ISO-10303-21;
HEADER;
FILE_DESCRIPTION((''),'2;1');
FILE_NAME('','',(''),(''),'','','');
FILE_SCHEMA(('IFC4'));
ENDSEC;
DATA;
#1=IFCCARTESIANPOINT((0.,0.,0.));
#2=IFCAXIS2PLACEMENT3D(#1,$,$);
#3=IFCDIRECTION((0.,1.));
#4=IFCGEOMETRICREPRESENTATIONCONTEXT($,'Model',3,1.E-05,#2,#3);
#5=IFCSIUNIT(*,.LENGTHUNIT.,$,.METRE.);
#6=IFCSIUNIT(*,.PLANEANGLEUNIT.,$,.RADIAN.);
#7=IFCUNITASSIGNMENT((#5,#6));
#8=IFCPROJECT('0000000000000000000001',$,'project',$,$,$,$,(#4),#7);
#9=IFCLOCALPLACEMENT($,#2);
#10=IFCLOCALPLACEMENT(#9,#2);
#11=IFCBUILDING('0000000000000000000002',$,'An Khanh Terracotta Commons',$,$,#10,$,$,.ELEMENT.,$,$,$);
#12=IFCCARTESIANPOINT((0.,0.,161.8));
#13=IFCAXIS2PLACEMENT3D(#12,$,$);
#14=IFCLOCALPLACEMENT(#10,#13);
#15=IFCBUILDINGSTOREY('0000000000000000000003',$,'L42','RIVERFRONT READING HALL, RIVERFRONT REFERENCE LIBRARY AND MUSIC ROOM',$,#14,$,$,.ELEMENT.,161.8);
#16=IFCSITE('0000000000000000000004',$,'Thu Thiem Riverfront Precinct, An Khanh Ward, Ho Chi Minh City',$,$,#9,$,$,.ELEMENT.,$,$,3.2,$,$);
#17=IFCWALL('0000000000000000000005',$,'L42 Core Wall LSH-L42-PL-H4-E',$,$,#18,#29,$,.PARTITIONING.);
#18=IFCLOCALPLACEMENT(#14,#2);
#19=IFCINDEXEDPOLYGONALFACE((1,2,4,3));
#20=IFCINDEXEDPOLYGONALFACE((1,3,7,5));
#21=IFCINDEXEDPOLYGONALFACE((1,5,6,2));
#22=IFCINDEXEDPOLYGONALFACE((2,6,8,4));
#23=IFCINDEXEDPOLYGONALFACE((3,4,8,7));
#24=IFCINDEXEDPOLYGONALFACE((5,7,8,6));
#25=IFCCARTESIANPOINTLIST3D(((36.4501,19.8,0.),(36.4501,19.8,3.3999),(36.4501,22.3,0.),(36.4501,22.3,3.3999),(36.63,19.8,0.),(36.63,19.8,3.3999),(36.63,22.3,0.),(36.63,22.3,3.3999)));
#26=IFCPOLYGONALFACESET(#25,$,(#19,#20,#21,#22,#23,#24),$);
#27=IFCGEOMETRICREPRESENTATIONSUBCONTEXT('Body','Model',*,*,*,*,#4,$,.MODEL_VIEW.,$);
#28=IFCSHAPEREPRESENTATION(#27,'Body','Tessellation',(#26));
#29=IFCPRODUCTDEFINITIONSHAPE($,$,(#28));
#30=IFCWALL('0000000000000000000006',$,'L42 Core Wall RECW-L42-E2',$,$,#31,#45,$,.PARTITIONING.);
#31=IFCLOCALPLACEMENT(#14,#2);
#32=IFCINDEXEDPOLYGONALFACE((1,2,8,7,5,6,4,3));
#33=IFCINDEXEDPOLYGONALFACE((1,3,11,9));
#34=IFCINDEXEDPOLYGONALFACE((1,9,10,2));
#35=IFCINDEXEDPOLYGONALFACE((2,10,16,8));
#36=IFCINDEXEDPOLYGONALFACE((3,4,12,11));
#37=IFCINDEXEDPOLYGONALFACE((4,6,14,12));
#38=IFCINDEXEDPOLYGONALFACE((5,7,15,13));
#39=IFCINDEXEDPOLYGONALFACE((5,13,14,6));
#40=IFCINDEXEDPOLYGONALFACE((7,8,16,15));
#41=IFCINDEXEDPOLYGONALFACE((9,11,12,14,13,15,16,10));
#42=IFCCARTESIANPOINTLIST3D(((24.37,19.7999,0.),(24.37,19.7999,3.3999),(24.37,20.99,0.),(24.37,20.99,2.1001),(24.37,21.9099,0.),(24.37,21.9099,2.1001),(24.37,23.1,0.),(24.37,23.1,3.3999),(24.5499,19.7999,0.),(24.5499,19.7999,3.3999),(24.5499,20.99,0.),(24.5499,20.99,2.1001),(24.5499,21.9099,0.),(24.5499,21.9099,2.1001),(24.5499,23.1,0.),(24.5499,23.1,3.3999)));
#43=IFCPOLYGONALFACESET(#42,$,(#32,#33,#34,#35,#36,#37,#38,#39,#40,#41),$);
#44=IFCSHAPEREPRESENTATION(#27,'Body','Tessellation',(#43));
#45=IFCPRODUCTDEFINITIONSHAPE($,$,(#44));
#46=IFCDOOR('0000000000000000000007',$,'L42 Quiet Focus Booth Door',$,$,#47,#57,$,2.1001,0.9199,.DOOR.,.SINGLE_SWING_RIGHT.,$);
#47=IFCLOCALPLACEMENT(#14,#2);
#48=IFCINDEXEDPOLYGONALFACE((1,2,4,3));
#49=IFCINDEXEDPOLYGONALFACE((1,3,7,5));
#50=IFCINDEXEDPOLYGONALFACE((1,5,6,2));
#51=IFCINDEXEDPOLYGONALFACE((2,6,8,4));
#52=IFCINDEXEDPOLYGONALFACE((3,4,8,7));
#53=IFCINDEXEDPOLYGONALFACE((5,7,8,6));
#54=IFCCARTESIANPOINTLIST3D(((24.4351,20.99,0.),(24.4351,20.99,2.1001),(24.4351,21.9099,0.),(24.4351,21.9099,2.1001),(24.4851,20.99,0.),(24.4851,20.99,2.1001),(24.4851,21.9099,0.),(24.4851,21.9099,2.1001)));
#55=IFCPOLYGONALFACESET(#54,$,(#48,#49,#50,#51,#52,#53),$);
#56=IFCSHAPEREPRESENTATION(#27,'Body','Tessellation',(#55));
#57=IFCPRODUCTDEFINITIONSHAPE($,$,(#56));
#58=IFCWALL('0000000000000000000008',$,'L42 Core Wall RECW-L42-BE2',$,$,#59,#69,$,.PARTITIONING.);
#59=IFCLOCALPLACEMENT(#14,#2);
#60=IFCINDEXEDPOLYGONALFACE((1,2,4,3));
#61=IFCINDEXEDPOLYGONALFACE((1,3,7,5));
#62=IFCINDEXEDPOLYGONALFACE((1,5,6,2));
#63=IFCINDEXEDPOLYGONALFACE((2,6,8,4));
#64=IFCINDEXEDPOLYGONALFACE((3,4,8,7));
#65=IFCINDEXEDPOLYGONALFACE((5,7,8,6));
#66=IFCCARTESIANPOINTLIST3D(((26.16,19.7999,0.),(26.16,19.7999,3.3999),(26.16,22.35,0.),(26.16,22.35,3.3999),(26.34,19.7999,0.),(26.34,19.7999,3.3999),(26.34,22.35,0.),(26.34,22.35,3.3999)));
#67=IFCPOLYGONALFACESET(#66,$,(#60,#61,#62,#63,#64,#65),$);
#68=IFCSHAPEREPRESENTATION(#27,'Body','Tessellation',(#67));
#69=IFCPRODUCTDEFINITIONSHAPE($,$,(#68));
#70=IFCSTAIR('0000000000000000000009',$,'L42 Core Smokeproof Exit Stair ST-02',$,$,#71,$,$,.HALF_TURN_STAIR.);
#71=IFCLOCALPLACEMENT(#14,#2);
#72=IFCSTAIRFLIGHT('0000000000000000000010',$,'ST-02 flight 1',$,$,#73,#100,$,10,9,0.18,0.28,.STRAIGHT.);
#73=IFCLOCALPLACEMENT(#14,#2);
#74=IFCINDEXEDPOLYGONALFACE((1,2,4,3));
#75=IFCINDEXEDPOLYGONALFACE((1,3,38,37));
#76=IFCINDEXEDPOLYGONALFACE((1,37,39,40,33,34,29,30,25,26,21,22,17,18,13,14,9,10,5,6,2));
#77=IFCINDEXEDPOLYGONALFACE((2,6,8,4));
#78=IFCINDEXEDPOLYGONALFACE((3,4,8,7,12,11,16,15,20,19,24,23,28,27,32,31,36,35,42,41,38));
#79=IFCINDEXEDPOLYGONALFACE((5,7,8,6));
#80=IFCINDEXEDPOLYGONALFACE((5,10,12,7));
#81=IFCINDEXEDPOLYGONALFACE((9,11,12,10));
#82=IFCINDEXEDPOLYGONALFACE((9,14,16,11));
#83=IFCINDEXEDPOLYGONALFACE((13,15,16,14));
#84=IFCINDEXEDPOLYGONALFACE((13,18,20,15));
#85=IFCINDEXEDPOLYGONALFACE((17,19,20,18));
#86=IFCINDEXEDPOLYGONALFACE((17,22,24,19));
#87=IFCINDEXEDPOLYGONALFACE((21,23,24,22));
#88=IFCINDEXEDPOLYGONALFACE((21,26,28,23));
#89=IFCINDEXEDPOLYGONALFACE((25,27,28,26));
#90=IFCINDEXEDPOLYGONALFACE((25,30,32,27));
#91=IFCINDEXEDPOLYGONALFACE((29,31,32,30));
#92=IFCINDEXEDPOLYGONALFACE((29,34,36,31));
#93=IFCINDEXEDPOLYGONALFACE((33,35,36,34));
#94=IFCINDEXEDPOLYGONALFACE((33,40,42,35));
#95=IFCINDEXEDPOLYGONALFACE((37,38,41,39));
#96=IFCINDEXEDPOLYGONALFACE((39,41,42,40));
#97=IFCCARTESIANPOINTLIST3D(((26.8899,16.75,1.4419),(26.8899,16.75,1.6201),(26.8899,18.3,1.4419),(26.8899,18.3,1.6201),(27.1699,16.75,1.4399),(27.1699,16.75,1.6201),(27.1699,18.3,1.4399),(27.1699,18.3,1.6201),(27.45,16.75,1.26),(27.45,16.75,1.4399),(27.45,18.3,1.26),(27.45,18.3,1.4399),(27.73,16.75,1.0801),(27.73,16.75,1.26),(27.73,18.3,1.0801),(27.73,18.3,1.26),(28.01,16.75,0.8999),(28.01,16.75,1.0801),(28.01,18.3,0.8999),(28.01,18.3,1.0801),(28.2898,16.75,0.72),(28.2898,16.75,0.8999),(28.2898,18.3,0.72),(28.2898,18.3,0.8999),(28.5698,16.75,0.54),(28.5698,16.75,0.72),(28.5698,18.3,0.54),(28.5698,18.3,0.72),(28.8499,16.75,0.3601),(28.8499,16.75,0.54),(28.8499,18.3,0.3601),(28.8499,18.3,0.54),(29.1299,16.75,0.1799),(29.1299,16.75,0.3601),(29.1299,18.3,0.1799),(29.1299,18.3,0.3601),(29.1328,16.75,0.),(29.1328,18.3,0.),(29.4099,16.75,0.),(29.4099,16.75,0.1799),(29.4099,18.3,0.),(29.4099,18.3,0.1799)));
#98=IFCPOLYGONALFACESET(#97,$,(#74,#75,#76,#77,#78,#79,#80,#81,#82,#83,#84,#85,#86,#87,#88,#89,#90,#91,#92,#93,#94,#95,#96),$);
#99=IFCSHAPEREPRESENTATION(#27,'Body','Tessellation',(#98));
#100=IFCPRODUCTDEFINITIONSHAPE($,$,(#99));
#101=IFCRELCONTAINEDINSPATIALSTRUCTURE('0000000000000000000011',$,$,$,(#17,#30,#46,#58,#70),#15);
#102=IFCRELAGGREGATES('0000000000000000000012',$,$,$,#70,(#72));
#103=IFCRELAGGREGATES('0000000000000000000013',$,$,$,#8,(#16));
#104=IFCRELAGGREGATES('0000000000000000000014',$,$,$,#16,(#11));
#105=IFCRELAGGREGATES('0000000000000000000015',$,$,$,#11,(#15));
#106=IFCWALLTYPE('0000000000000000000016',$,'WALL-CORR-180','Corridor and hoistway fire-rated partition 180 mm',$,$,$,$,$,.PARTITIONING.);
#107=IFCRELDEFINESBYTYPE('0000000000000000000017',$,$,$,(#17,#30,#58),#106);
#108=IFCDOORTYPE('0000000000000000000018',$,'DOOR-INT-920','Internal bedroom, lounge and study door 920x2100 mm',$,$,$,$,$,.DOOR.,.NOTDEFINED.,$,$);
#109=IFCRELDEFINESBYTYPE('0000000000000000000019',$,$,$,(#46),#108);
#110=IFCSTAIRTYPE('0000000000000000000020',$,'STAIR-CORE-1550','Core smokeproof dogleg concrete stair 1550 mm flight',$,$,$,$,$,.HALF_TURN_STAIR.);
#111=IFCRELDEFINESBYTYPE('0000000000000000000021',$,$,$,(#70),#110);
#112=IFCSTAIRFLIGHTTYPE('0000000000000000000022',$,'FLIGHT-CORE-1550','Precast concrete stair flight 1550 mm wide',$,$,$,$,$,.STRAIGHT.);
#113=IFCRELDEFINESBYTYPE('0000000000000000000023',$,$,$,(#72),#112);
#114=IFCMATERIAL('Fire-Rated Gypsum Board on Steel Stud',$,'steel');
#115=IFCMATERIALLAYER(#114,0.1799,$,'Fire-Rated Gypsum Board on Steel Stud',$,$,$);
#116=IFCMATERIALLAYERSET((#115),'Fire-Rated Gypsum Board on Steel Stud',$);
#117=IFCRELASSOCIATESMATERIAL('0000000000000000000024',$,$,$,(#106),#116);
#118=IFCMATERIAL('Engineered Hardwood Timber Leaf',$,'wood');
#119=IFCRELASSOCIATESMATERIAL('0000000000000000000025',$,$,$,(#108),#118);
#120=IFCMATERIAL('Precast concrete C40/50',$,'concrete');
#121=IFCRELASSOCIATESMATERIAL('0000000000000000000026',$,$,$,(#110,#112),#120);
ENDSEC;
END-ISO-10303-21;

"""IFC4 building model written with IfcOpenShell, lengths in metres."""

from ifc_helpers import new_model, si_unit, direction, frame, frame_2d, origin, place, context, subcontext, project, spatial, polyline, rectangle, outline, extrude, material, layer, layer_set, type_object, element, fill, aggregate, save


model = new_model("IFC4")

# Units and contexts
model_context = context("Model", 3, precision=1e-05, world=origin(), true_north=direction((0.0, 1.0)))
body_context = subcontext(model_context, "Body", "Model", "MODEL_VIEW")
ifc_project = project(units=[si_unit("LENGTHUNIT", "METRE"), si_unit("PLANEANGLEUNIT", "RADIAN")], contexts=[model_context])

# Site, building, storey
site_placement = place(None, origin())
site = spatial("IfcSite", under=ifc_project, at=site_placement, Name="Thu Thiem Riverfront Precinct, An Khanh Ward, Ho Chi Minh City", CompositionType="ELEMENT", RefElevation=3.2)
building_placement = place(site_placement, origin())
building = spatial("IfcBuilding", under=site, at=building_placement, Name="An Khanh Terracotta Commons", CompositionType="ELEMENT")
storey_placement = place(building_placement, frame((0.0, 0.0, 161.8)))
storey = spatial("IfcBuildingStorey", under=building, at=storey_placement, Name="L42", Description="RIVERFRONT READING HALL, RIVERFRONT REFERENCE LIBRARY AND MUSIC ROOM", CompositionType="ELEMENT", Elevation=161.8)

# Shared definitions
ifc_material_1 = material(Name="Fire-Rated Gypsum Board on Steel Stud", Category="steel")
ifc_layer = layer(ifc_material_1, 0.1799, Name="Fire-Rated Gypsum Board on Steel Stud")
ifc_layer_set = layer_set([ifc_layer], Name="Fire-Rated Gypsum Board on Steel Stud")
wall_type = type_object("IfcWallType", Name="WALL-CORR-180", Description="Corridor and hoistway fire-rated partition 180 mm", PredefinedType="PARTITIONING", material=ifc_layer_set)

# Wall
for number, where, z_axis, x_axis, name in (
    (1, (36.54, 19.8, 0.0), (0.0, 0.0, 1.0), (0.0, 1.0, 0.0), "L42 Core Wall LSH-L42-PL-H4-E"),
):
    element("IfcWall", number, at=place(storey_placement, frame(where, z_axis=z_axis, x_axis=x_axis)), inside=storey, type_object=wall_type, Name=name, PredefinedType="PARTITIONING", context=body_context, shape_type="SweptSolid", body=[
        extrude(rectangle(XDim=2.5, YDim=0.1799, at=frame_2d((1.25, 0.0))), origin(), (0.0, 0.0, 1.0), 3.3999),
    ])

# Wall, opening, door
wall_1_placement = place(storey_placement, frame((24.46, 19.8, 0.0), z_axis=(0.0, 0.0, 1.0), x_axis=(0.0, 1.0, 0.0)))
wall_1 = element("IfcWall", 2, at=wall_1_placement, inside=storey, type_object=wall_type, Name="L42 Core Wall RECW-L42-E2", PredefinedType="PARTITIONING", context=body_context, shape_type="SweptSolid", body=[
    extrude(rectangle(XDim=3.3, YDim=0.1799, at=frame_2d((1.6499, 0.0))), origin(), (0.0, 0.0, 1.0), 3.3999),
])
opening_1_placement = place(wall_1_placement, frame((1.1899, 0.0, 0.0)))
opening_1 = element("IfcOpeningElement", 3, at=opening_1_placement, cuts=wall_1, PredefinedType="OPENING", context=body_context, shape_type="SweptSolid", body=[
    extrude(rectangle(XDim=0.9199, YDim=2.1001, at=frame_2d((0.46, 1.05))), frame((0.0, 0.0999, 0.0), z_axis=(0.0, -1.0, 0.0), x_axis=(1.0, 0.0, 0.0)), (0.0, 0.0, 1.0), 0.2),
])
ifc_material_2 = material(Name="Engineered Hardwood Timber Leaf", Category="wood")
door_type_1 = type_object("IfcDoorType", Name="DOOR-INT-920", Description="Internal bedroom, lounge and study door 920x2100 mm", OperationType="NOTDEFINED", PredefinedType="DOOR", material=ifc_material_2)
door_1_placement = place(opening_1_placement, origin())
door_1 = element("IfcDoor", 4, at=door_1_placement, inside=storey, type_object=door_type_1, Name="L42 Quiet Focus Booth Door", OperationType="SINGLE_SWING_RIGHT", OverallHeight=2.1001, OverallWidth=0.9199, PredefinedType="DOOR", context=body_context, shape_type="SweptSolid", body=[
    extrude(rectangle(XDim=0.9199, YDim=2.1001, at=frame_2d((0.46, 1.05))), frame((0.0, 0.0249, 0.0), z_axis=(0.0, -1.0, 0.0), x_axis=(1.0, 0.0, 0.0)), (0.0, 0.0, 1.0), 0.05),
])
fill(opening_1, door_1)

# Wall
wall_2_placement = place(storey_placement, frame((26.25, 19.8, 0.0), z_axis=(0.0, 0.0, 1.0), x_axis=(0.0, 1.0, 0.0)))
element("IfcWall", 5, at=wall_2_placement, inside=storey, type_object=wall_type, Name="L42 Core Wall RECW-L42-BE2", PredefinedType="PARTITIONING", context=body_context, shape_type="SweptSolid", body=[
    extrude(rectangle(XDim=2.55, YDim=0.1799, at=frame_2d((1.2749, 0.0))), origin(), (0.0, 0.0, 1.0), 3.3999),
])

# Stair, stair flight
ifc_material_3 = material(Name="Precast concrete C40/50", Category="concrete")
stair_type = type_object("IfcStairType", Name="STAIR-CORE-1550", Description="Core smokeproof dogleg concrete stair 1550 mm flight", PredefinedType="HALF_TURN_STAIR", material=ifc_material_3)
stair_placement = place(storey_placement, origin())
stair = element("IfcStair", 6, at=stair_placement, inside=storey, type_object=stair_type, Name="L42 Core Smokeproof Exit Stair ST-02", PredefinedType="HALF_TURN_STAIR")
stair_flight_type = type_object("IfcStairFlightType", Name="FLIGHT-CORE-1550", Description="Precast concrete stair flight 1550 mm wide", PredefinedType="STRAIGHT", material=ifc_material_3)
stair_flight_placement = place(storey_placement, frame((29.4099, 17.5249, 0.0), z_axis=(0.0, 0.0, 1.0), x_axis=(-1.0, 0.0, 0.0)))
stair_flight = element("IfcStairFlight", 7, at=stair_flight_placement, type_object=stair_flight_type, Name="ST-02 flight 1", NumberOfRisers=10, NumberOfTreads=9, PredefinedType="STRAIGHT", RiserHeight=0.18, TreadLength=0.28, context=body_context, shape_type="SweptSolid", body=[
    extrude(outline(polyline([(0.0, 0.0), (0.0, 0.1799), (0.28, 0.1799), (0.28, 0.3601), (0.5601, 0.3601), (0.5601, 0.54), (0.8401, 0.54), (0.8401, 0.72), (1.1201, 0.72), (1.1201, 0.8999), (1.3999, 0.8999), (1.3999, 1.0801), (1.6799, 1.0801), (1.6799, 1.26), (1.96, 1.26), (1.96, 1.4399), (2.24, 1.4399), (2.24, 1.6201), (2.52, 1.6201), (2.52, 1.8), (2.52, 1.4419), (0.2771, 0.0), (0.0, 0.0)])), frame((0.0, 0.7749, 0.0), z_axis=(0.0, -1.0, 0.0), x_axis=(1.0, 0.0, 0.0)), (0.0, 0.0, 1.0), 1.55),
])
aggregate(stair, [stair_flight])

save(model, "model.ifc")
